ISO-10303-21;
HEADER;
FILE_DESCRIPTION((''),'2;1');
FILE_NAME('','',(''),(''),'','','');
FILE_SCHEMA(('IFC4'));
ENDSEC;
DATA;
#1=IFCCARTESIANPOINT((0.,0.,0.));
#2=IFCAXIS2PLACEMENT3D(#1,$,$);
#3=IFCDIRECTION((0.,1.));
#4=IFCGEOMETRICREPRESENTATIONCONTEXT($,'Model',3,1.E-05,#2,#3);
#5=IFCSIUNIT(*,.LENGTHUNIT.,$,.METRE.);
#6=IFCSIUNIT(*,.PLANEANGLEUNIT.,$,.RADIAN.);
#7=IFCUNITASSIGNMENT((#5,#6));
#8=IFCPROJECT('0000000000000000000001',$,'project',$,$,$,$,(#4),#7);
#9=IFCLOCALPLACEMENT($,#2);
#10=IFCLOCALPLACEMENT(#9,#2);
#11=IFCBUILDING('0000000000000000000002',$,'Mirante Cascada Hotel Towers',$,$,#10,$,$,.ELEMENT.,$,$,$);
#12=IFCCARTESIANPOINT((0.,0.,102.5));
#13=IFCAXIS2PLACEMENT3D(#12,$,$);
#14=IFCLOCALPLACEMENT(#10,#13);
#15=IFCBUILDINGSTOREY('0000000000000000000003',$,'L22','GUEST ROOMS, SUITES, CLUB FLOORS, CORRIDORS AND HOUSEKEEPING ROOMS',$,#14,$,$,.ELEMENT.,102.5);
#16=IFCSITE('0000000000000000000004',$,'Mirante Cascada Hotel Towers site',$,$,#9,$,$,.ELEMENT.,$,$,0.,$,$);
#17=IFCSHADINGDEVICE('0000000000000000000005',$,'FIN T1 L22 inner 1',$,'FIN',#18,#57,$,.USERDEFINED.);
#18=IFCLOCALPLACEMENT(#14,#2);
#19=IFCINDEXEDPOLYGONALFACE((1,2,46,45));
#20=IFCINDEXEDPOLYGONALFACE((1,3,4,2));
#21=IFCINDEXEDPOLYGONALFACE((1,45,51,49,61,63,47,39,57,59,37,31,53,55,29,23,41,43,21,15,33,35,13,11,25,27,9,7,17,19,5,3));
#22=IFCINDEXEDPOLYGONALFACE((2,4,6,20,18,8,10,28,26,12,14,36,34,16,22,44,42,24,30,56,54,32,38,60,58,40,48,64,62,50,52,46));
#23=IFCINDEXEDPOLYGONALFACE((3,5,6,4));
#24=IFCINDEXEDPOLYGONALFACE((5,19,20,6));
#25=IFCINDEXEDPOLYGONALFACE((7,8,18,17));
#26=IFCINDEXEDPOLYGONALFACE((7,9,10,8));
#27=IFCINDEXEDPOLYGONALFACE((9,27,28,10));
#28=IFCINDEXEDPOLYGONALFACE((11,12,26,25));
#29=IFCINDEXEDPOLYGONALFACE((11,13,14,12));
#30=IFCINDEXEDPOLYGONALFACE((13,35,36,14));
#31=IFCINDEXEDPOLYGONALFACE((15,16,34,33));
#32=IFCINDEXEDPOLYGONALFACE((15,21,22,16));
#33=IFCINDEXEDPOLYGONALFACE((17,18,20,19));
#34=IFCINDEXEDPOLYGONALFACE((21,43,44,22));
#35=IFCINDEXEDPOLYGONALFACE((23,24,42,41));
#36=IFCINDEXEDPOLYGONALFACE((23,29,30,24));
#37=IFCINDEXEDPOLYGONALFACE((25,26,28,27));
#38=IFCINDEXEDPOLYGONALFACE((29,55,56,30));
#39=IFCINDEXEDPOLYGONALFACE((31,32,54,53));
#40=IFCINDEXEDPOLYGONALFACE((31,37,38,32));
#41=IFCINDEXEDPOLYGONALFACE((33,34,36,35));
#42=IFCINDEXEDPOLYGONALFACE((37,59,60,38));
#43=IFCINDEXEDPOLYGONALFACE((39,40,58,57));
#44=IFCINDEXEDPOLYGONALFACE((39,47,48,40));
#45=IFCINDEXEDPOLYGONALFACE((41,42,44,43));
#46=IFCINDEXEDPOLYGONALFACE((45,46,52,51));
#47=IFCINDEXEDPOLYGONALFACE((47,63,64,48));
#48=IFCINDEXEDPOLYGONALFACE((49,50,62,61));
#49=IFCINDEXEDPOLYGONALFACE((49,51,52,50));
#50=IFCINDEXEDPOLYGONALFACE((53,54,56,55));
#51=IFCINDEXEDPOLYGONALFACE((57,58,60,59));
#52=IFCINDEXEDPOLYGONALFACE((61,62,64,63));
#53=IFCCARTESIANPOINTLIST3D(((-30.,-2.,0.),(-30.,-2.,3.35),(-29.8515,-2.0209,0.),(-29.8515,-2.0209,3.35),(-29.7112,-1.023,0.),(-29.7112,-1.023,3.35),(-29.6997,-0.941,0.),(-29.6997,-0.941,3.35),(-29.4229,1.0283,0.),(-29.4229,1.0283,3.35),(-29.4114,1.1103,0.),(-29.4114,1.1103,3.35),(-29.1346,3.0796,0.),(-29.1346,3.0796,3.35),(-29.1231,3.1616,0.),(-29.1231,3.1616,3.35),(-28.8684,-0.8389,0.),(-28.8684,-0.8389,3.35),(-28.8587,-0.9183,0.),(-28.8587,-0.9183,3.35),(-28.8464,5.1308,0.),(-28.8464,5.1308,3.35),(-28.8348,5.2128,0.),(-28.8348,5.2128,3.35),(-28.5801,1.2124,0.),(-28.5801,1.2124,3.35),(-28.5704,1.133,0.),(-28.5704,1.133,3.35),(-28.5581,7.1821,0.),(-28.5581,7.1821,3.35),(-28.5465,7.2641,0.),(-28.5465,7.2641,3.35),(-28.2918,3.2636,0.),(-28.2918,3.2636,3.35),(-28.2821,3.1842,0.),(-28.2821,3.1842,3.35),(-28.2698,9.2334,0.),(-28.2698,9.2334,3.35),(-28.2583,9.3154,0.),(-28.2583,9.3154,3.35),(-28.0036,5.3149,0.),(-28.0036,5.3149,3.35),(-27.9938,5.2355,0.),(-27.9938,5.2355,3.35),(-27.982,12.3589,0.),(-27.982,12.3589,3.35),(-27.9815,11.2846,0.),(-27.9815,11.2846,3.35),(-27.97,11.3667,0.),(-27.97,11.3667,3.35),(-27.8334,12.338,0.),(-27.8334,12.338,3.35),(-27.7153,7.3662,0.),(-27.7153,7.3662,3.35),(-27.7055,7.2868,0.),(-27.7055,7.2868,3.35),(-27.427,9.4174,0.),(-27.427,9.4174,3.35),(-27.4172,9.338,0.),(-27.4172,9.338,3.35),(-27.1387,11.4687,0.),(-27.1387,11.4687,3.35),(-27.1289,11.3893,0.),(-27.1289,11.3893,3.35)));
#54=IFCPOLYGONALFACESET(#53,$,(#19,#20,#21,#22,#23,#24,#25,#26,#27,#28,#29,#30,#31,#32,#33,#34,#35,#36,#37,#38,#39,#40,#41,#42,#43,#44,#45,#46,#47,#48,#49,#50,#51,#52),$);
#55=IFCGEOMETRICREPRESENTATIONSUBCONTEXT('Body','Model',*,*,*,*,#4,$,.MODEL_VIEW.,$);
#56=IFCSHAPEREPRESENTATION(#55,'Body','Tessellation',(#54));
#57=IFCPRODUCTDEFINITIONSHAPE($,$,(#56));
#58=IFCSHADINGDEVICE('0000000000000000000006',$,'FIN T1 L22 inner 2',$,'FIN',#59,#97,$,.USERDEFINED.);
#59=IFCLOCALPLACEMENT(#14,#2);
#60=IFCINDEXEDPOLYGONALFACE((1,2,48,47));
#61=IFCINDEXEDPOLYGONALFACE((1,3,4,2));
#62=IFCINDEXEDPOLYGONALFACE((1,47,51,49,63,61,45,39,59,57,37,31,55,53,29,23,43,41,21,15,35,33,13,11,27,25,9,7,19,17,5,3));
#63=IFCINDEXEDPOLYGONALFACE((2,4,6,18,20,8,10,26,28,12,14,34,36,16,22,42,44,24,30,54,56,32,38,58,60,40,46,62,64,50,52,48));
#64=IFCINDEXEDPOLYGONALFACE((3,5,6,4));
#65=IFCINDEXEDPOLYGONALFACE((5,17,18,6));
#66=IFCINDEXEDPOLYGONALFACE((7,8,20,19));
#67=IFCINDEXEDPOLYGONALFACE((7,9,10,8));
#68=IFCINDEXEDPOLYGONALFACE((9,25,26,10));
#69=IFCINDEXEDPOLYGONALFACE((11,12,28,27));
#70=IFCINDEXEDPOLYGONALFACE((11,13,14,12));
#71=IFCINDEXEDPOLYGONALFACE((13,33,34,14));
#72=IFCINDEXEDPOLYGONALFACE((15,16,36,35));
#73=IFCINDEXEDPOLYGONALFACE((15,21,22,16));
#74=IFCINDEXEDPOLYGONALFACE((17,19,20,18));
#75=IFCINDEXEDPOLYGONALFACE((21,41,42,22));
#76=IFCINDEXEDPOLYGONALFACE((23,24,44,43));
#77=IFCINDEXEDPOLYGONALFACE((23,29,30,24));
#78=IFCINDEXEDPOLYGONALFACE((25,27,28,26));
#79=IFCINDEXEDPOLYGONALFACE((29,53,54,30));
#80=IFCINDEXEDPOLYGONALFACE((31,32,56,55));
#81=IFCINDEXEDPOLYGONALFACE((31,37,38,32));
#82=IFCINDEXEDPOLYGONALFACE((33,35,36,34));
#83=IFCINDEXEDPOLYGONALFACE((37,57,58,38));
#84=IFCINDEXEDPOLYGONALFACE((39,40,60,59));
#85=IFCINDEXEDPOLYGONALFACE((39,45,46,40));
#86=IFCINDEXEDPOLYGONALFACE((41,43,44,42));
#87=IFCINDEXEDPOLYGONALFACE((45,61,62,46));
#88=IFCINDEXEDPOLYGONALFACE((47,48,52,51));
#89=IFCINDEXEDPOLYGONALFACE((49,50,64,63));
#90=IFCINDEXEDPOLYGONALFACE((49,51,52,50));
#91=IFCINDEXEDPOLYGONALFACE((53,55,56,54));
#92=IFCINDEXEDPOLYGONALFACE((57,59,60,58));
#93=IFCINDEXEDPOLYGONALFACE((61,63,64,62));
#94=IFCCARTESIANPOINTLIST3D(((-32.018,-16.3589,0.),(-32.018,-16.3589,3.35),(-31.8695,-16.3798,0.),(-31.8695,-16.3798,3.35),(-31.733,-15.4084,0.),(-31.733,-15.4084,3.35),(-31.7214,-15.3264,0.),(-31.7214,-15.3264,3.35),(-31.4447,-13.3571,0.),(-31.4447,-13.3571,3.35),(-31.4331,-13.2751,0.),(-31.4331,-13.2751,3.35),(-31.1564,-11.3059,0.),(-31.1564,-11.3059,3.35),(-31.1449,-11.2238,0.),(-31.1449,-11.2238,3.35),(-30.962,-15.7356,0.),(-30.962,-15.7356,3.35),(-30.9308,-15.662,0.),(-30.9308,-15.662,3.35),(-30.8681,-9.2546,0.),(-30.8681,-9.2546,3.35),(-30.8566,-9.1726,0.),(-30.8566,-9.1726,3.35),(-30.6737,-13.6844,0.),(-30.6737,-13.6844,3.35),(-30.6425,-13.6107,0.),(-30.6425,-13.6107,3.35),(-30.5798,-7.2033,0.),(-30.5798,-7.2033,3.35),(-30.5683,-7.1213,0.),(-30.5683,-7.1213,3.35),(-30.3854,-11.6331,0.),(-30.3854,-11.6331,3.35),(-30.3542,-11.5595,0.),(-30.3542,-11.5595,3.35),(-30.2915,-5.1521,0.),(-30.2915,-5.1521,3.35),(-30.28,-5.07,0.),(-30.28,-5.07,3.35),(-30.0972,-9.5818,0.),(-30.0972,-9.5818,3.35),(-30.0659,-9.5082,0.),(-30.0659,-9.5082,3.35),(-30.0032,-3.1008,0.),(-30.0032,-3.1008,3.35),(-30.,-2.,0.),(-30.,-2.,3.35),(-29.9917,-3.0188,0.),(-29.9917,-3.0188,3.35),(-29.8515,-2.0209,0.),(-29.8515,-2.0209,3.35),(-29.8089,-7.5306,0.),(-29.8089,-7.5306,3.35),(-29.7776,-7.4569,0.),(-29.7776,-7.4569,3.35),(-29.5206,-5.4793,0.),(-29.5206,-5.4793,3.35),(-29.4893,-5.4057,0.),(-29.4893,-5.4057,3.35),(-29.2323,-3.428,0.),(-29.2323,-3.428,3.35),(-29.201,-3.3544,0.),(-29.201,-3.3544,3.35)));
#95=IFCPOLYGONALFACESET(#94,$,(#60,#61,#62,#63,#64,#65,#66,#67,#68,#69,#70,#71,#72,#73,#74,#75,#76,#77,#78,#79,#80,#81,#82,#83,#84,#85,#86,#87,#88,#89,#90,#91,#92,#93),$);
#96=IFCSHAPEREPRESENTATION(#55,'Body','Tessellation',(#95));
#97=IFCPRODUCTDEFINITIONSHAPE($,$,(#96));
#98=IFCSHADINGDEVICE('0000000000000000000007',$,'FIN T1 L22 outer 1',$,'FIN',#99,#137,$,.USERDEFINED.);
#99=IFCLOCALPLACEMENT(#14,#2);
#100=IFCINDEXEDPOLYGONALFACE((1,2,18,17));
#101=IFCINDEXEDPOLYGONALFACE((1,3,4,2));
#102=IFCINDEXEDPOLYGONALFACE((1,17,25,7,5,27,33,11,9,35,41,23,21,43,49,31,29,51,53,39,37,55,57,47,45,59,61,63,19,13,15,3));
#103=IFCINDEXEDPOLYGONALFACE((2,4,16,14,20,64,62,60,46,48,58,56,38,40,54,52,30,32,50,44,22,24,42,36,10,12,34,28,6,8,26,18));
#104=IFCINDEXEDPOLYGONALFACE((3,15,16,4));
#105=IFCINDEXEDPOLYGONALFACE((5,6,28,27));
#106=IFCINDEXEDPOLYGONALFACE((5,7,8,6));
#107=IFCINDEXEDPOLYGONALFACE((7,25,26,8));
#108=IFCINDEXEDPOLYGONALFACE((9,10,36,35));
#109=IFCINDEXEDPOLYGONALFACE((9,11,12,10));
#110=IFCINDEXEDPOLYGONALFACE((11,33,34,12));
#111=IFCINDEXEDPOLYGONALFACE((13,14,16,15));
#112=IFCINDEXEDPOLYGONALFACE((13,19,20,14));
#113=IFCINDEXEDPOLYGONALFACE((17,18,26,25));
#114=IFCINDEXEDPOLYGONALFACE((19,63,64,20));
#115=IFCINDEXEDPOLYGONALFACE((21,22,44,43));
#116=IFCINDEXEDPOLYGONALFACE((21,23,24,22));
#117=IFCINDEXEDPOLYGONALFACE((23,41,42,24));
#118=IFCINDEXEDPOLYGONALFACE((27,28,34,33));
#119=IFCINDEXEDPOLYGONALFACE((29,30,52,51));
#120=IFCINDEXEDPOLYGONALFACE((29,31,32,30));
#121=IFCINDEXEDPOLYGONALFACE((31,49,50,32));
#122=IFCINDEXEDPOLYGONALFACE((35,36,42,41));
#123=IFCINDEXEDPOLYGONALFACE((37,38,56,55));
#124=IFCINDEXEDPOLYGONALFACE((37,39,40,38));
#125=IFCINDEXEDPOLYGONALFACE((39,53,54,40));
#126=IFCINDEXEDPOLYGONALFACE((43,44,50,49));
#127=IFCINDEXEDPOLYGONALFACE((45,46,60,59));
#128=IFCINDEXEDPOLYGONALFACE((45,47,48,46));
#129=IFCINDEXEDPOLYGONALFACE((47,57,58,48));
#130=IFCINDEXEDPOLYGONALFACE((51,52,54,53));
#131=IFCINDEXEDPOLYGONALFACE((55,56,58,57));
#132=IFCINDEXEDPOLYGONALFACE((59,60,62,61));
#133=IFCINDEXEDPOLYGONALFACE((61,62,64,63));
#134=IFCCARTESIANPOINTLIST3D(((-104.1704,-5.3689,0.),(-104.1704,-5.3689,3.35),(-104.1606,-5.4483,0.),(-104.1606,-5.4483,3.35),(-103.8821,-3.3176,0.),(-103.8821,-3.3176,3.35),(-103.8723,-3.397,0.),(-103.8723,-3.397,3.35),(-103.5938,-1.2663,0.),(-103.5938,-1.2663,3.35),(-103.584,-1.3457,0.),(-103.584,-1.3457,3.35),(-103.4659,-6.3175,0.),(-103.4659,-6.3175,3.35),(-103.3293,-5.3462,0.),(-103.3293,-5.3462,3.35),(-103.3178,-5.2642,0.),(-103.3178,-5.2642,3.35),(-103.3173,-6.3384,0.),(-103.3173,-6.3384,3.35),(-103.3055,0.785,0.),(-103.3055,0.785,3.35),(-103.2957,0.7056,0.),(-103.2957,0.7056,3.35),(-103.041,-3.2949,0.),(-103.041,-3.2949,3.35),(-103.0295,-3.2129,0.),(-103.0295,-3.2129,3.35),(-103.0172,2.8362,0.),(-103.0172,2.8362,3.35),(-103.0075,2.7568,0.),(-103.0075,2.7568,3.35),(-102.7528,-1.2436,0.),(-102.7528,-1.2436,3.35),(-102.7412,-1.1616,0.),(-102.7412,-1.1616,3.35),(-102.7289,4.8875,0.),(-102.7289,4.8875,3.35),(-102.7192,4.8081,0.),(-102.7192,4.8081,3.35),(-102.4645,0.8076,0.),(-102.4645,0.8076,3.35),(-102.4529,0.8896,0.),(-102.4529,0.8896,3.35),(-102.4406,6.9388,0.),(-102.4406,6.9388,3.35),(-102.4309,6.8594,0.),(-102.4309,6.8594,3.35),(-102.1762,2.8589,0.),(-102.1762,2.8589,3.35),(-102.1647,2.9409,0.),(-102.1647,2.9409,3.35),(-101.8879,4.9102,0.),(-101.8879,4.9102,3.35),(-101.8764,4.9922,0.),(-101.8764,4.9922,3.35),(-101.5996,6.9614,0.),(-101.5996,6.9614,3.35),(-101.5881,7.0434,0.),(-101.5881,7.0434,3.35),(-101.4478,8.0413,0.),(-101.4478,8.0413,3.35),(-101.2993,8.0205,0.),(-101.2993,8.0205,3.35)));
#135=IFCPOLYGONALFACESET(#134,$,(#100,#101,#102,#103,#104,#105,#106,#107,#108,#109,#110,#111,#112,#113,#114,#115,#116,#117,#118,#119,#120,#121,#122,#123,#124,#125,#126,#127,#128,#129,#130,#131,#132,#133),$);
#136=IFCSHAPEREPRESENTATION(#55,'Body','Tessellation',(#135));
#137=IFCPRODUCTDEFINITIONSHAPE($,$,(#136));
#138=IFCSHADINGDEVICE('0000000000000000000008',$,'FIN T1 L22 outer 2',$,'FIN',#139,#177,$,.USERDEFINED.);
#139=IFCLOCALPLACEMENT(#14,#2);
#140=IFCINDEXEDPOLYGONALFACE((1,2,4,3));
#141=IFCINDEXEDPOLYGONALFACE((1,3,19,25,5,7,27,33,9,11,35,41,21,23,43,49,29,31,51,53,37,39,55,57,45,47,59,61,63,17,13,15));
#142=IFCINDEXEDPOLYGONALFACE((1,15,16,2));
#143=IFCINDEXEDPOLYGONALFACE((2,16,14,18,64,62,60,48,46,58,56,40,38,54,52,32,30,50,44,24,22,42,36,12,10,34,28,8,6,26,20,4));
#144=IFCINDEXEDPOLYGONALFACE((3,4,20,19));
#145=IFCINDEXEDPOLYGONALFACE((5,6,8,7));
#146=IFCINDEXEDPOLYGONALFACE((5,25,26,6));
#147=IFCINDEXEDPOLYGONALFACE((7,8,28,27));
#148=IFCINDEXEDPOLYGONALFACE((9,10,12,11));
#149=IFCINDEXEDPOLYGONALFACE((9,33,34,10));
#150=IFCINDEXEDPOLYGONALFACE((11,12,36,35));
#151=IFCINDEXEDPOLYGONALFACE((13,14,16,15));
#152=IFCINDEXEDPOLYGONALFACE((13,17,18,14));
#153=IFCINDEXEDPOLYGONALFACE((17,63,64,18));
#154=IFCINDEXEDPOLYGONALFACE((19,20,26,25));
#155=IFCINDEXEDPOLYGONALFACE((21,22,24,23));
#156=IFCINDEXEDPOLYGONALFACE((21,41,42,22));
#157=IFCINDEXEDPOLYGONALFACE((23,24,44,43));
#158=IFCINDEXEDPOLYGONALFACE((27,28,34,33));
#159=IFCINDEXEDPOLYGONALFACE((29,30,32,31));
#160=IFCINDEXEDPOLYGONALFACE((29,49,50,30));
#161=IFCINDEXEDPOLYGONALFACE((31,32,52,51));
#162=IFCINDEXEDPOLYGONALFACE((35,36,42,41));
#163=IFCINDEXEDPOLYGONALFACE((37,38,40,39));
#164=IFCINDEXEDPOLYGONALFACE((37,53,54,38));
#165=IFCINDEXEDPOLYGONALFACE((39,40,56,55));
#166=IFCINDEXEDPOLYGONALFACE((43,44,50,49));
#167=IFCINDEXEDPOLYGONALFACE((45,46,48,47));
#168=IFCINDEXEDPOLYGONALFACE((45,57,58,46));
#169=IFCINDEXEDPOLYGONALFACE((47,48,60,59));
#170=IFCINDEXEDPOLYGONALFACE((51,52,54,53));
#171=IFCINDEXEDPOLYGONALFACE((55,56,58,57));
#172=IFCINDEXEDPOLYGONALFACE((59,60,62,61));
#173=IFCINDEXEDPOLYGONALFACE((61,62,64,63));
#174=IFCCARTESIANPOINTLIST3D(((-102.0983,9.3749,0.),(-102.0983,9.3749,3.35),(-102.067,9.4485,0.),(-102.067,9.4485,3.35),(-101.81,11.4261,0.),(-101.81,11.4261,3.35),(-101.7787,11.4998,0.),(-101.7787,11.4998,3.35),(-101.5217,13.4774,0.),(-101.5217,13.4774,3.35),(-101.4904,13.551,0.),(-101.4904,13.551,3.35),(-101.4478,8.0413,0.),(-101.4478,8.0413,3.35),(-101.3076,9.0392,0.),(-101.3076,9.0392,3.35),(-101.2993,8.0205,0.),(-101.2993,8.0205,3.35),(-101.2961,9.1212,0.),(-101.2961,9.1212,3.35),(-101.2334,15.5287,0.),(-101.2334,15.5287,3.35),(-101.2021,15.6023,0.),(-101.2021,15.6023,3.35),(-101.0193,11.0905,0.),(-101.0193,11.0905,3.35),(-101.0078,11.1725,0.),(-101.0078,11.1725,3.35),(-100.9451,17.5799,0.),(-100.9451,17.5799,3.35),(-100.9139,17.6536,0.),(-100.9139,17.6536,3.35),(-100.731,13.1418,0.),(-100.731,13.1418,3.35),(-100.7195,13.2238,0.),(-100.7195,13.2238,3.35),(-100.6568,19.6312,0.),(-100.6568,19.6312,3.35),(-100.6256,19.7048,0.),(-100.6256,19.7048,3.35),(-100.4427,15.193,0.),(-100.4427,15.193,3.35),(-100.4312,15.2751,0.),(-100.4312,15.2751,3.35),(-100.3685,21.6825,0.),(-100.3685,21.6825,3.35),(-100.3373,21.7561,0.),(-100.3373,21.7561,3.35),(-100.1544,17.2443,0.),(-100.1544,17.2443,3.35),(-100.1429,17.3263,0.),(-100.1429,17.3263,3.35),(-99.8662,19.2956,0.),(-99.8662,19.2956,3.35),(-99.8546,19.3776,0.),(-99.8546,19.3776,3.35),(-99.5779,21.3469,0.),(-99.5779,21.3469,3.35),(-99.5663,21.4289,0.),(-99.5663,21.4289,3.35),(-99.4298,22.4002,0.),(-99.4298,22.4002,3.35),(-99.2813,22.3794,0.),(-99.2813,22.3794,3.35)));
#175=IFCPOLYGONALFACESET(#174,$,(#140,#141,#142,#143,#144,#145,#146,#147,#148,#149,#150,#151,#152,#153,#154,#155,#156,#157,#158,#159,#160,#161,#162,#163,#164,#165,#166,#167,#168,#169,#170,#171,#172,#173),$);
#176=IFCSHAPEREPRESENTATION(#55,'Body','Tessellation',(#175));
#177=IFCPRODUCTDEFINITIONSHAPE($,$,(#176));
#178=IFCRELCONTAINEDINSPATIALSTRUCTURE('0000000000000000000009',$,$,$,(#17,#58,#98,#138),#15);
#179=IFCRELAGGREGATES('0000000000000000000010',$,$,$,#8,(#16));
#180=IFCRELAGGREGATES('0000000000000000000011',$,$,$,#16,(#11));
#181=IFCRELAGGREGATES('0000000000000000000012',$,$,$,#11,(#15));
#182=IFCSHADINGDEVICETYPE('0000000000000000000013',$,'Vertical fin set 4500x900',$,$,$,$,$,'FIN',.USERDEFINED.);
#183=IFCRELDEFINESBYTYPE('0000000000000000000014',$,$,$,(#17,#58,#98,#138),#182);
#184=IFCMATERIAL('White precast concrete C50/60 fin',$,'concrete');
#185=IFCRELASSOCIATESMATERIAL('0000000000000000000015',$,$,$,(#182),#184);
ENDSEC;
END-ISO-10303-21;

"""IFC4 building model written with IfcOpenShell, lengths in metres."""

from ifc_helpers import new_model, si_unit, direction, frame, origin, place, context, subcontext, project, spatial, polyline, outline, extrude, material, type_object, element, save


model = new_model("IFC4")

# Units and contexts
model_context = context("Model", 3, precision=1e-05, world=origin(), true_north=direction((0.0, 1.0)))
body_context = subcontext(model_context, "Body", "Model", "MODEL_VIEW")
ifc_project = project(units=[si_unit("LENGTHUNIT", "METRE"), si_unit("PLANEANGLEUNIT", "RADIAN")], contexts=[model_context])

# Site, building, storey
site_placement = place(None, origin())
site = spatial("IfcSite", under=ifc_project, at=site_placement, Name="Mirante Cascada Hotel Towers site", CompositionType="ELEMENT", RefElevation=0.0)
building_placement = place(site_placement, origin())
building = spatial("IfcBuilding", under=site, at=building_placement, Name="Mirante Cascada Hotel Towers", CompositionType="ELEMENT")
storey_placement = place(building_placement, frame((0.0, 0.0, 102.5)))
storey = spatial("IfcBuildingStorey", under=building, at=storey_placement, Name="L22", Description="GUEST ROOMS, SUITES, CLUB FLOORS, CORRIDORS AND HOUSEKEEPING ROOMS", CompositionType="ELEMENT", Elevation=102.5)

# Shading devices
ifc_material_1 = material(Name="White precast concrete C50/60 fin", Category="concrete")
shading_device_type = type_object("IfcShadingDeviceType", Name="Vertical fin set 4500x900", ElementType="FIN", PredefinedType="USERDEFINED", material=ifc_material_1)
shading_device_1_placement = place(storey_placement, origin())
element("IfcShadingDevice", 1, at=shading_device_1_placement, inside=storey, type_object=shading_device_type, Name="FIN T1 L22 inner 1", ObjectType="FIN", PredefinedType="USERDEFINED", context=body_context, shape_type="SweptSolid", body=[
    extrude(outline(polyline([(-29.7112, -1.023), (-29.8515, -2.0209), (-30.0, -2.0), (-27.982, 12.3589), (-27.8334, 12.338), (-27.97, 11.3667), (-27.1387, 11.4687), (-27.1289, 11.3893), (-27.9815, 11.2846), (-28.2583, 9.3154), (-27.427, 9.4174), (-27.4172, 9.338), (-28.2698, 9.2334), (-28.5465, 7.2641), (-27.7153, 7.3662), (-27.7055, 7.2868), (-28.5581, 7.1821), (-28.8348, 5.2128), (-28.0036, 5.3149), (-27.9938, 5.2355), (-28.8464, 5.1308), (-29.1231, 3.1616), (-28.2918, 3.2636), (-28.2821, 3.1842), (-29.1346, 3.0796), (-29.4114, 1.1103), (-28.5801, 1.2124), (-28.5704, 1.133), (-29.4229, 1.0283), (-29.6997, -0.941), (-28.8684, -0.8389), (-28.8587, -0.9183), (-29.7112, -1.023)])), origin(), (0.0, 0.0, 1.0), 3.35),
])
shading_device_2_placement = place(storey_placement, origin())
element("IfcShadingDevice", 2, at=shading_device_2_placement, inside=storey, type_object=shading_device_type, Name="FIN T1 L22 inner 2", ObjectType="FIN", PredefinedType="USERDEFINED", context=body_context, shape_type="SweptSolid", body=[
    extrude(outline(polyline([(-31.733, -15.4084), (-31.8695, -16.3798), (-32.018, -16.3589), (-30.0, -2.0), (-29.8515, -2.0209), (-29.9917, -3.0188), (-29.201, -3.3544), (-29.2323, -3.428), (-30.0032, -3.1008), (-30.28, -5.07), (-29.4893, -5.4057), (-29.5206, -5.4793), (-30.2915, -5.1521), (-30.5683, -7.1213), (-29.7776, -7.4569), (-29.8089, -7.5306), (-30.5798, -7.2033), (-30.8566, -9.1726), (-30.0659, -9.5082), (-30.0972, -9.5818), (-30.8681, -9.2546), (-31.1449, -11.2238), (-30.3542, -11.5595), (-30.3854, -11.6331), (-31.1564, -11.3059), (-31.4331, -13.2751), (-30.6425, -13.6107), (-30.6737, -13.6844), (-31.4447, -13.3571), (-31.7214, -15.3264), (-30.9308, -15.662), (-30.962, -15.7356), (-31.733, -15.4084)])), origin(), (0.0, 0.0, 1.0), 3.35),
])
shading_device_3_placement = place(storey_placement, origin())
element("IfcShadingDevice", 3, at=shading_device_3_placement, inside=storey, type_object=shading_device_type, Name="FIN T1 L22 outer 1", ObjectType="FIN", PredefinedType="USERDEFINED", context=body_context, shape_type="SweptSolid", body=[
    extrude(outline(polyline([(-103.3178, -5.2642), (-103.041, -3.2949), (-103.8723, -3.397), (-103.8821, -3.3176), (-103.0295, -3.2129), (-102.7528, -1.2436), (-103.584, -1.3457), (-103.5938, -1.2663), (-102.7412, -1.1616), (-102.4645, 0.8076), (-103.2957, 0.7056), (-103.3055, 0.785), (-102.4529, 0.8896), (-102.1762, 2.8589), (-103.0075, 2.7568), (-103.0172, 2.8362), (-102.1647, 2.9409), (-101.8879, 4.9102), (-102.7192, 4.8081), (-102.7289, 4.8875), (-101.8764, 4.9922), (-101.5996, 6.9614), (-102.4309, 6.8594), (-102.4406, 6.9388), (-101.5881, 7.0434), (-101.4478, 8.0413), (-101.2993, 8.0205), (-103.3173, -6.3384), (-103.4659, -6.3175), (-103.3293, -5.3462), (-104.1606, -5.4483), (-104.1704, -5.3689), (-103.3178, -5.2642)])), origin(), (0.0, 0.0, 1.0), 3.35),
])
shading_device_4_placement = place(storey_placement, origin())
element("IfcShadingDevice", 4, at=shading_device_4_placement, inside=storey, type_object=shading_device_type, Name="FIN T1 L22 outer 2", ObjectType="FIN", PredefinedType="USERDEFINED", context=body_context, shape_type="SweptSolid", body=[
    extrude(outline(polyline([(-101.2961, 9.1212), (-101.0193, 11.0905), (-101.81, 11.4261), (-101.7787, 11.4998), (-101.0078, 11.1725), (-100.731, 13.1418), (-101.5217, 13.4774), (-101.4904, 13.551), (-100.7195, 13.2238), (-100.4427, 15.193), (-101.2334, 15.5287), (-101.2021, 15.6023), (-100.4312, 15.2751), (-100.1544, 17.2443), (-100.9451, 17.5799), (-100.9139, 17.6536), (-100.1429, 17.3263), (-99.8662, 19.2956), (-100.6568, 19.6312), (-100.6256, 19.7048), (-99.8546, 19.3776), (-99.5779, 21.3469), (-100.3685, 21.6825), (-100.3373, 21.7561), (-99.5663, 21.4289), (-99.4298, 22.4002), (-99.2813, 22.3794), (-101.2993, 8.0205), (-101.4478, 8.0413), (-101.3076, 9.0392), (-102.0983, 9.3749), (-102.067, 9.4485), (-101.2961, 9.1212)])), origin(), (0.0, 0.0, 1.0), 3.35),
])

save(model, "model.ifc")
